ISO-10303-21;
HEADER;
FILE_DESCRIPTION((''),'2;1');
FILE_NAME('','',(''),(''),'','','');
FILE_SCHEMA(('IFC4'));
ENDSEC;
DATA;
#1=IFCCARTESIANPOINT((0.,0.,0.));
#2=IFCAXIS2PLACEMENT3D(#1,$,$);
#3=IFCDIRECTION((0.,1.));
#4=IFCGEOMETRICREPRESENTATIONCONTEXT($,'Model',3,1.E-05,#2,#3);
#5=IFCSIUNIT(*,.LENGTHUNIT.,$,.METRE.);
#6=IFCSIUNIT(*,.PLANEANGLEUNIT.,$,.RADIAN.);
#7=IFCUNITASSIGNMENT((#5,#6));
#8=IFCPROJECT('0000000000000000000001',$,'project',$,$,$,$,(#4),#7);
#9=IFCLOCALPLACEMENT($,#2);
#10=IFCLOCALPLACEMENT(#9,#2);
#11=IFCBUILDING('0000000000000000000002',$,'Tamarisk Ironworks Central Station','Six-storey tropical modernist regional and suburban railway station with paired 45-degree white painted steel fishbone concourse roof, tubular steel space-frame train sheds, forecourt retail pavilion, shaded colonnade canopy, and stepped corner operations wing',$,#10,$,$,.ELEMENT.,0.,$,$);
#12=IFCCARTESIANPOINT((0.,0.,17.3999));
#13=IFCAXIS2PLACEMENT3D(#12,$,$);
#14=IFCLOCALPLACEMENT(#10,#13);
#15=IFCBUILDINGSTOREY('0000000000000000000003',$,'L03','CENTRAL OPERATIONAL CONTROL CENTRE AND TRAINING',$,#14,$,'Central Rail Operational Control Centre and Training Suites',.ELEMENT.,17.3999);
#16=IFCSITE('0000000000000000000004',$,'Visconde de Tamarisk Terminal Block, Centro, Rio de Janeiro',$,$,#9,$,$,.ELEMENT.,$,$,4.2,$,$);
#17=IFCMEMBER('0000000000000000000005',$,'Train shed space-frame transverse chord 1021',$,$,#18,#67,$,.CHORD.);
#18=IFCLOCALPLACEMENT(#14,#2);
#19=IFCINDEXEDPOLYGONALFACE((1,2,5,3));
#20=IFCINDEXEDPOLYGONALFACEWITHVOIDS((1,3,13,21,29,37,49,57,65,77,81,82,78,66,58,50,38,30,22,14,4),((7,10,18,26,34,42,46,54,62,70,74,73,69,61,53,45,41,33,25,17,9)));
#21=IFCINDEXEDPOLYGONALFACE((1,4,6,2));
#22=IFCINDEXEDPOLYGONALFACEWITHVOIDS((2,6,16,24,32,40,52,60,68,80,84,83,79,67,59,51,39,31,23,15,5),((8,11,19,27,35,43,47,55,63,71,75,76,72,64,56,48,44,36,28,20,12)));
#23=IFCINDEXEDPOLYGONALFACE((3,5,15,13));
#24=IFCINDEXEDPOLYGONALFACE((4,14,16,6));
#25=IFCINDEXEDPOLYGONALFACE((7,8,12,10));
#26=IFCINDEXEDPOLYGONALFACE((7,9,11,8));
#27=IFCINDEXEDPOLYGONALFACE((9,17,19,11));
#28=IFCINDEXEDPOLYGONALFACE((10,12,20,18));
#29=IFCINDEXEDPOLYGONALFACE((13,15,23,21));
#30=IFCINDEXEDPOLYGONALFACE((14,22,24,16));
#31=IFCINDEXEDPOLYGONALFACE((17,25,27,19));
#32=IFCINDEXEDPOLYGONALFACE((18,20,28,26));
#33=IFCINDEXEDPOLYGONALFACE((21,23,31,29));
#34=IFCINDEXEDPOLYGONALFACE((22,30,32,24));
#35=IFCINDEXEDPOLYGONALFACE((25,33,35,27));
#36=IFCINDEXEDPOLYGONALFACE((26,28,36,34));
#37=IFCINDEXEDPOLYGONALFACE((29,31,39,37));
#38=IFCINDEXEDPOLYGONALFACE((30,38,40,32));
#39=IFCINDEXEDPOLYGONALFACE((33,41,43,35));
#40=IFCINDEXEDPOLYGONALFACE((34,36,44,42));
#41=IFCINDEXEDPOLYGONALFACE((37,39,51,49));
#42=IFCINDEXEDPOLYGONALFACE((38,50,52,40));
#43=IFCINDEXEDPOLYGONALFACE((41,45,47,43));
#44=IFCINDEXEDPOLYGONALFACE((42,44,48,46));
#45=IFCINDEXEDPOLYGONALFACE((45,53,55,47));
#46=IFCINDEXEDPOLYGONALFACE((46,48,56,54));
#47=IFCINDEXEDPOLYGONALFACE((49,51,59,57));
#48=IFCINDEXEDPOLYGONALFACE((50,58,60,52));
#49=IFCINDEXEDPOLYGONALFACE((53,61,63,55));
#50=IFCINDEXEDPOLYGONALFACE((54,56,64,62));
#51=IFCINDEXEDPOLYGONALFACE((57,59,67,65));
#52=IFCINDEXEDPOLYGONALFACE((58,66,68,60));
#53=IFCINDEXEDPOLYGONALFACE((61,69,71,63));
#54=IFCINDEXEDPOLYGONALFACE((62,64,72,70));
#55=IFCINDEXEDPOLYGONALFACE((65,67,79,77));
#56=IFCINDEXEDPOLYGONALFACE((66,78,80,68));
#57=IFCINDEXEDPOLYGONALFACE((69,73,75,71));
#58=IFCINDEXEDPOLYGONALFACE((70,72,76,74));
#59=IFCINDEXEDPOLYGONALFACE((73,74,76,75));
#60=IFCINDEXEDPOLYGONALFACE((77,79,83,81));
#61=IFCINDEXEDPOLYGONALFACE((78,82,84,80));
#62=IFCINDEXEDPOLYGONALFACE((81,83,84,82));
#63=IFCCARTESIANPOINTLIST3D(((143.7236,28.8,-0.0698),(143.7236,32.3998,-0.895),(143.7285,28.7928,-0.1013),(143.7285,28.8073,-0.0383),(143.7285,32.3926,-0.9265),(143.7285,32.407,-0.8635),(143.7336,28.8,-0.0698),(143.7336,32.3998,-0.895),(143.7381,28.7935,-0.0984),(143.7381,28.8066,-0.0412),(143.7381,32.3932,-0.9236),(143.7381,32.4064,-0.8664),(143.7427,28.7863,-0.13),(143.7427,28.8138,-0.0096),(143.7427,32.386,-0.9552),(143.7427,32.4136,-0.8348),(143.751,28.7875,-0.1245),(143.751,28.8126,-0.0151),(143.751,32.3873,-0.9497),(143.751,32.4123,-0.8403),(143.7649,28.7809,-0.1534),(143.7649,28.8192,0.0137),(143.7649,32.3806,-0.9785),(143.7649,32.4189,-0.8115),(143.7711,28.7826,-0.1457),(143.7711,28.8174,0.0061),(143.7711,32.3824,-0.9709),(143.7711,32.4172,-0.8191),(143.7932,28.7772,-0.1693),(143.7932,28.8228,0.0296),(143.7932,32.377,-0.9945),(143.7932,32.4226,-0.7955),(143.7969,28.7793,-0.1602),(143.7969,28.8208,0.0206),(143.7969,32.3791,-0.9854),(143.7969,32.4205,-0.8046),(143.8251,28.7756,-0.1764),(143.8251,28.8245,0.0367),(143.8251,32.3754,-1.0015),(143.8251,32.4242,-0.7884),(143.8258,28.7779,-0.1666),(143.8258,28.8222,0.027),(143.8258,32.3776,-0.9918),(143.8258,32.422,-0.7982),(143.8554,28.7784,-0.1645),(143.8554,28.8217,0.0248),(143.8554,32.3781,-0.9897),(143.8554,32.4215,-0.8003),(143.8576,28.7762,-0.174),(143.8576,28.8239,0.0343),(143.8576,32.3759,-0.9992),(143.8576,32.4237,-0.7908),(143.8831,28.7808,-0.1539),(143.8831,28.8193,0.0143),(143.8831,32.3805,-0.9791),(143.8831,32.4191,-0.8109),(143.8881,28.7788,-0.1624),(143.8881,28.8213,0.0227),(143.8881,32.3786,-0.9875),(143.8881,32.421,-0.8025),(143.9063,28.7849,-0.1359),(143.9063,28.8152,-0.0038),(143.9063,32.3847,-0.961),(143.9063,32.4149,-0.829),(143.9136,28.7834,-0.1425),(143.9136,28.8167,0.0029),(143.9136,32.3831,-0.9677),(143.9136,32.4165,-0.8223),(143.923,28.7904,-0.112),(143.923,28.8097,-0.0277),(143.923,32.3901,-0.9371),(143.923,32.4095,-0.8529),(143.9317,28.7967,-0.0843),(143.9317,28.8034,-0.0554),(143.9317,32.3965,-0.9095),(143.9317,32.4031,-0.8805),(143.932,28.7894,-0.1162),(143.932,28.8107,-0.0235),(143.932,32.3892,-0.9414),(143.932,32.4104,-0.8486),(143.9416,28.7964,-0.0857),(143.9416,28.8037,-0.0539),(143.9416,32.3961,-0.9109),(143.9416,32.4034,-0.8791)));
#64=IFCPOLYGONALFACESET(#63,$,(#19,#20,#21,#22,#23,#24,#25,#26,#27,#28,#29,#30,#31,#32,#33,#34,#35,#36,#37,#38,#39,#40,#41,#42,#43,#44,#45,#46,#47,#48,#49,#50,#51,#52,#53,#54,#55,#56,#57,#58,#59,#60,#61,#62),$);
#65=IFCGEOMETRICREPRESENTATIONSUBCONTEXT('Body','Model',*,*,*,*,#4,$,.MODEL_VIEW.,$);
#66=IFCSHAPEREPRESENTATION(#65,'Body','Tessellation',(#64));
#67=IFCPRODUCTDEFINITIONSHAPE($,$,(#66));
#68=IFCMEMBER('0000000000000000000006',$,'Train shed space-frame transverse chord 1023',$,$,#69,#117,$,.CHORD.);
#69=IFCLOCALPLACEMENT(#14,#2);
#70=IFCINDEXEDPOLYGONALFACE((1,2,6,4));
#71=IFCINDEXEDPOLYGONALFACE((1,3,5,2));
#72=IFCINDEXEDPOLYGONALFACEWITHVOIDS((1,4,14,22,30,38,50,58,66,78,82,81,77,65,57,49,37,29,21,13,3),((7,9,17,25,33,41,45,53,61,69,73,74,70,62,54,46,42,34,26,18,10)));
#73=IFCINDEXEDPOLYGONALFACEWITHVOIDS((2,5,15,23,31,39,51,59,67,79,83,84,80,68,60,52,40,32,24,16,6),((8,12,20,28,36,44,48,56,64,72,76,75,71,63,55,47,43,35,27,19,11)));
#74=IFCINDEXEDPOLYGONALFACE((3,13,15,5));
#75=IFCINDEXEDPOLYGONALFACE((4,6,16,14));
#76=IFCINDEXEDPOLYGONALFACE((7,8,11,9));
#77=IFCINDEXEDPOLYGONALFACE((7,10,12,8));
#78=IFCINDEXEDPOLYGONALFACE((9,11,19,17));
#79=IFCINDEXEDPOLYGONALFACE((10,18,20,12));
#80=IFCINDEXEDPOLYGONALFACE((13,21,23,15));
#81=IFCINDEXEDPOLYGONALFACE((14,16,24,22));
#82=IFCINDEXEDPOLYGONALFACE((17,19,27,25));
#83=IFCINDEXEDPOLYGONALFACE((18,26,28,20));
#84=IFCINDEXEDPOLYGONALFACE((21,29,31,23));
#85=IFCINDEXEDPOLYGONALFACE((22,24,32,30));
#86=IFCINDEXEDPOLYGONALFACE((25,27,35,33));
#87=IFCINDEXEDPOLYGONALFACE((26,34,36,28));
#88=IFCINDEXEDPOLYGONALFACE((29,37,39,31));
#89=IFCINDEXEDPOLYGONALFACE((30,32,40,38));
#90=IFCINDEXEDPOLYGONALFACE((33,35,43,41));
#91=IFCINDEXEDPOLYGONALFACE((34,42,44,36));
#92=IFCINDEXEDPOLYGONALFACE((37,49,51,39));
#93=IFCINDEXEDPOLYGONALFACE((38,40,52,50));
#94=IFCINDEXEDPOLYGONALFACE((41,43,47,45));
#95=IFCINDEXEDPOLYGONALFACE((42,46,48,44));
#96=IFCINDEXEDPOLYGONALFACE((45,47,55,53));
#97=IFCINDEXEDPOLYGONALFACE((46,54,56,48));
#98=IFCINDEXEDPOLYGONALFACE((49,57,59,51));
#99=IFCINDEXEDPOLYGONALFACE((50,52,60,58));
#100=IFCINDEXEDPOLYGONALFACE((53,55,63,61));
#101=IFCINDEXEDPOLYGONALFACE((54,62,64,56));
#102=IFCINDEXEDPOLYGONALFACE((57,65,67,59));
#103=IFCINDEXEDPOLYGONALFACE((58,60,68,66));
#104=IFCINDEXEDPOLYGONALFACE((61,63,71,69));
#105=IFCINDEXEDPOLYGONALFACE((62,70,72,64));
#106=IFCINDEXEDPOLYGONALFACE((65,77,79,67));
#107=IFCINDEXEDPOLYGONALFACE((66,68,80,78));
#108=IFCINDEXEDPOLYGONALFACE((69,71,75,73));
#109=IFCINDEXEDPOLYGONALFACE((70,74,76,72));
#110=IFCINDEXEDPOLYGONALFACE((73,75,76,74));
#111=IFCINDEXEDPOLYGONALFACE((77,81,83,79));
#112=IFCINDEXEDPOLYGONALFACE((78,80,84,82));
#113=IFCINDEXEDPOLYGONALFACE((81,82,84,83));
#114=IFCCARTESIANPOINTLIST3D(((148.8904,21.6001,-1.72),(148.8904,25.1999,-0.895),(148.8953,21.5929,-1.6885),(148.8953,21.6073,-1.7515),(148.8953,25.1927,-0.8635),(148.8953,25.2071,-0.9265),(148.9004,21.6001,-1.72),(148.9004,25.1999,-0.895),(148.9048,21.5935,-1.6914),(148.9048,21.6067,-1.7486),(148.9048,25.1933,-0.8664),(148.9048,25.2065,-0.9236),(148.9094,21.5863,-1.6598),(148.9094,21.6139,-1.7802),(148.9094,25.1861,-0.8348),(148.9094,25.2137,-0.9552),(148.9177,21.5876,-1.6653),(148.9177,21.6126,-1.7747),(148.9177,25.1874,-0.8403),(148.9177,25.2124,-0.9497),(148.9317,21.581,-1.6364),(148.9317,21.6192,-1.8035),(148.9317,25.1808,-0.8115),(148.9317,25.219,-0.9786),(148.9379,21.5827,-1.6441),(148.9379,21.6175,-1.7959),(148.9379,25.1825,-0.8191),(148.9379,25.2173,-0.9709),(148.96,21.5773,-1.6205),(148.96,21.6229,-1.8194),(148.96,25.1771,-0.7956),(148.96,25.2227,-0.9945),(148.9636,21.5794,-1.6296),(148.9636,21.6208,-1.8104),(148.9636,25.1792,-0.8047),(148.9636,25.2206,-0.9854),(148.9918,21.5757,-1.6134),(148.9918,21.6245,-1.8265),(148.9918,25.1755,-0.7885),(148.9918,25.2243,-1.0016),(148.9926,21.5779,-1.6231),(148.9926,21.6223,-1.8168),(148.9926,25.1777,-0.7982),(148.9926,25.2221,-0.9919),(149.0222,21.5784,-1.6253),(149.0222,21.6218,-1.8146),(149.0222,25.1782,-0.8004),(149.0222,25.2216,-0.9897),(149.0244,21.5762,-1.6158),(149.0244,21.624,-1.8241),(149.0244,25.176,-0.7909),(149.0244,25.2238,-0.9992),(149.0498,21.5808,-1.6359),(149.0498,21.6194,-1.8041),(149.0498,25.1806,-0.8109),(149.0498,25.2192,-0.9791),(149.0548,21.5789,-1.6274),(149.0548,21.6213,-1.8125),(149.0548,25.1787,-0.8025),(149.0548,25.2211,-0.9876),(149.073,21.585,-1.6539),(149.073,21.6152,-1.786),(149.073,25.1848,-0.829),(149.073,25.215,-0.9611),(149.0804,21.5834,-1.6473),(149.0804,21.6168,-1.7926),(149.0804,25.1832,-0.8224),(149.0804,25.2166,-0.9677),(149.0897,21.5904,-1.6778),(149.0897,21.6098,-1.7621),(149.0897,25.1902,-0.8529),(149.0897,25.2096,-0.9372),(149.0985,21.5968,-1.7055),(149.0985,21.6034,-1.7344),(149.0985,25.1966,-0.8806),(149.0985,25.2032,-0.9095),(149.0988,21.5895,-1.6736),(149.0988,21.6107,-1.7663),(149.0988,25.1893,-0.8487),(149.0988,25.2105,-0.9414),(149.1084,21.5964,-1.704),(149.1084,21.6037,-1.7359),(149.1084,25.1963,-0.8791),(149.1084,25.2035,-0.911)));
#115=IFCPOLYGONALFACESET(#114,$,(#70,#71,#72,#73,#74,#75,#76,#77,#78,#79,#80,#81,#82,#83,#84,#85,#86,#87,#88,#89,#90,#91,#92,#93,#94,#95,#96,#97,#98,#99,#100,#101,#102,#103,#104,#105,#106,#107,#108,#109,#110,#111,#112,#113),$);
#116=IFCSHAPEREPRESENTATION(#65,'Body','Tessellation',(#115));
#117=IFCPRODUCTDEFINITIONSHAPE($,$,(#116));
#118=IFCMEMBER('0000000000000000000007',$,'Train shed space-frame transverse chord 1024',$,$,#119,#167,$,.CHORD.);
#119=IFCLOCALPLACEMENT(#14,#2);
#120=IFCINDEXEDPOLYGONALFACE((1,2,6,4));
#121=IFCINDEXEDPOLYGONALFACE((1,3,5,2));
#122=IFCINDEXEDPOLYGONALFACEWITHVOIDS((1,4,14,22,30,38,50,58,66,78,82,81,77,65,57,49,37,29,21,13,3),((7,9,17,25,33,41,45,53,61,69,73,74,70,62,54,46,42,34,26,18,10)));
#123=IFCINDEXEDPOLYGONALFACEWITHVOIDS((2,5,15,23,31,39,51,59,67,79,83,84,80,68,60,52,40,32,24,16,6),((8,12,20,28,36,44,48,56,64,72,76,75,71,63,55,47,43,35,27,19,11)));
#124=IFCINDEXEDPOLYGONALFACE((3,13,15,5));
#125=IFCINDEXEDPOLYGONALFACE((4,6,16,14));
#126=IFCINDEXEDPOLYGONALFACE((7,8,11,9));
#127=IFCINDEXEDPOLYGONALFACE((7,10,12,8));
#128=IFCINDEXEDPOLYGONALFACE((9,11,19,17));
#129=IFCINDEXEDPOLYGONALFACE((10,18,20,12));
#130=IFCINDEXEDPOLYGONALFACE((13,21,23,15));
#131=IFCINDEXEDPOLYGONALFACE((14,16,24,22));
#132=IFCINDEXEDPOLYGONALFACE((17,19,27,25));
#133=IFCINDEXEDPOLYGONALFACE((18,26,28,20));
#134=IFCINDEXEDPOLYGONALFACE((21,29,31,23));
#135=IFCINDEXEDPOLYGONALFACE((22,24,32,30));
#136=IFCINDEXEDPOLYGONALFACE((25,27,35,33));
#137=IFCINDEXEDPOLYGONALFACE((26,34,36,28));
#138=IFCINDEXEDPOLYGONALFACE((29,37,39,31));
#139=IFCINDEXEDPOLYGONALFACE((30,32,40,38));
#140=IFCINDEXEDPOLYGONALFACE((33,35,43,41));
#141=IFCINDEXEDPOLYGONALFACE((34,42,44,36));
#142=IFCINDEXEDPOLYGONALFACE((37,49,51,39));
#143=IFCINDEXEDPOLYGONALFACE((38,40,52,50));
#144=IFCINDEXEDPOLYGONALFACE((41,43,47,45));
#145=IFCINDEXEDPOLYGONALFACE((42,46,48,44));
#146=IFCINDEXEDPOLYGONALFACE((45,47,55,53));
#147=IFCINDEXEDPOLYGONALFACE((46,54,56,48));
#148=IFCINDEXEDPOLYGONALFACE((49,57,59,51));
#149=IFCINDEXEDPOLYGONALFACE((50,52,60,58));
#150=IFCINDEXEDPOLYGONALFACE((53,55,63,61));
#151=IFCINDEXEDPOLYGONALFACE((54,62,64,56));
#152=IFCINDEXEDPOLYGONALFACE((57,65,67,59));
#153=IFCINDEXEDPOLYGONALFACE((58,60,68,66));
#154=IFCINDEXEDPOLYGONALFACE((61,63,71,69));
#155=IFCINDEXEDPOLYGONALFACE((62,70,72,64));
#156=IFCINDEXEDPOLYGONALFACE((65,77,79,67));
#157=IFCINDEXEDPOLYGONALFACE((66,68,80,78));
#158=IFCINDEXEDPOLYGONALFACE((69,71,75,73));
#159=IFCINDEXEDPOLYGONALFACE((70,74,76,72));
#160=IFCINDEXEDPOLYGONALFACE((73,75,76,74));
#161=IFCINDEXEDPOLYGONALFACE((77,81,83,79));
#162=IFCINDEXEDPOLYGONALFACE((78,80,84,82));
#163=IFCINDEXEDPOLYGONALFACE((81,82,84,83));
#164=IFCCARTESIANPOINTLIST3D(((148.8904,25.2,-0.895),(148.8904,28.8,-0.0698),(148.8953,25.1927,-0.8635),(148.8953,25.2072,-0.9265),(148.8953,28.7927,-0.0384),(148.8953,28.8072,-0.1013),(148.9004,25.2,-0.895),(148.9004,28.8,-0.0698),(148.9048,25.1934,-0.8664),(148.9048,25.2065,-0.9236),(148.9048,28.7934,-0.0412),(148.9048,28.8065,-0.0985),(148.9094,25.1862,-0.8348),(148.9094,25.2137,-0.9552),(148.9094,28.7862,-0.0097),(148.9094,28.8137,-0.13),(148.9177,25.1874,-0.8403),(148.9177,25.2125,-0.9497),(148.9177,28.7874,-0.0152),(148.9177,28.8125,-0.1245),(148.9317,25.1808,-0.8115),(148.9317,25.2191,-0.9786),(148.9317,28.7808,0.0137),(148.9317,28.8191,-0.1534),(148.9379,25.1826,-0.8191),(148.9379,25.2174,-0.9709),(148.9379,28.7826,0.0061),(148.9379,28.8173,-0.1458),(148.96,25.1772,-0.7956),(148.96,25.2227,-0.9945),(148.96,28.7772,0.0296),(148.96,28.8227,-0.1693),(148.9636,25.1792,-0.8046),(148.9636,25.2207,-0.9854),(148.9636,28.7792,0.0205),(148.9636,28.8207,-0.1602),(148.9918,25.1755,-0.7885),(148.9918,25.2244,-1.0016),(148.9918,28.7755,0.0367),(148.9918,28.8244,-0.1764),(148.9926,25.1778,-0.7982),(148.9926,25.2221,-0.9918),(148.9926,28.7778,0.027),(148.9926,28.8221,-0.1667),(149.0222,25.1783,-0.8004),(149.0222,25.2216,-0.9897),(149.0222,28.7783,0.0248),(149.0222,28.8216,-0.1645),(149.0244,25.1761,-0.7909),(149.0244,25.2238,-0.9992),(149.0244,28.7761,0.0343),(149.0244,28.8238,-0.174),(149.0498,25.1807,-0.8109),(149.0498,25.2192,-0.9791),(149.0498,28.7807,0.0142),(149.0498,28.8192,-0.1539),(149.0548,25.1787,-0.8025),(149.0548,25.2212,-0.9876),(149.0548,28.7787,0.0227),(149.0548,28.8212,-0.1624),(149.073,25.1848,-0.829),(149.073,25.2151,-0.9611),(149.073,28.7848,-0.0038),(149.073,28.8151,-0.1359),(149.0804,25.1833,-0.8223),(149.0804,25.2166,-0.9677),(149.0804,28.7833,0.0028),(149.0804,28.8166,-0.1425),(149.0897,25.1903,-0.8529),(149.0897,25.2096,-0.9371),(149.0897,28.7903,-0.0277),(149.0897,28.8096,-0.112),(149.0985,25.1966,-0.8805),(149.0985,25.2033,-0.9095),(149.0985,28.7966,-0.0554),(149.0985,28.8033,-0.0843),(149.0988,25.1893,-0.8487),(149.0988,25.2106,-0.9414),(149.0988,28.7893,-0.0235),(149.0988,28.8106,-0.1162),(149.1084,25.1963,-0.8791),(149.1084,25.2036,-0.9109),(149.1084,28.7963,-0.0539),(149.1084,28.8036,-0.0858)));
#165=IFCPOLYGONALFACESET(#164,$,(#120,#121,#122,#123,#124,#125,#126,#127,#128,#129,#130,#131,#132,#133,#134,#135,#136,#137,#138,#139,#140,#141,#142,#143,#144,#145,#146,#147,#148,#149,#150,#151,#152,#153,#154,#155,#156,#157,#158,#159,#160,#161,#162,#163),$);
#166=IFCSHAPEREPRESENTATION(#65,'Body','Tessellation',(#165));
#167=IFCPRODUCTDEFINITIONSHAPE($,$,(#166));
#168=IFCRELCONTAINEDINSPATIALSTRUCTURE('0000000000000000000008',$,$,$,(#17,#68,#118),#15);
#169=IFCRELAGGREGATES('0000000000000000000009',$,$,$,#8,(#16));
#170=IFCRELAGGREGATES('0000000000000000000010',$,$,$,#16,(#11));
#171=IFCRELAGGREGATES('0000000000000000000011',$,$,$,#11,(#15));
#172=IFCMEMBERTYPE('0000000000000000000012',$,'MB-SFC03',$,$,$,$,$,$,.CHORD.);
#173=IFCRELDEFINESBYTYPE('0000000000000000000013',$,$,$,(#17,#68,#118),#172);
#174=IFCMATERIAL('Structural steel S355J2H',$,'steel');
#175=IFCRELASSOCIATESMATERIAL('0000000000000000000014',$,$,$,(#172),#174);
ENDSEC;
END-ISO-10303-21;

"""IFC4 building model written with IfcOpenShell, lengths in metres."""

from ifc_helpers import new_model, si_unit, direction, frame, origin, origin_2d, place, context, subcontext, project, spatial, hollow_circle, extrude, material, material_profile, profile_set, type_object, element, save


model = new_model("IFC4")

# Units and contexts
model_context = context("Model", 3, precision=1e-05, world=origin(), true_north=direction((0.0, 1.0)))
body_context = subcontext(model_context, "Body", "Model", "MODEL_VIEW")
ifc_project = project(units=[si_unit("LENGTHUNIT", "METRE"), si_unit("PLANEANGLEUNIT", "RADIAN")], contexts=[model_context])

# Site, building, storey
site_placement = place(None, origin())
site = spatial("IfcSite", under=ifc_project, at=site_placement, Name="Visconde de Tamarisk Terminal Block, Centro, Rio de Janeiro", CompositionType="ELEMENT", RefElevation=4.2)
building_placement = place(site_placement, origin())
building = spatial("IfcBuilding", under=site, at=building_placement, Name="Tamarisk Ironworks Central Station", Description="Six-storey tropical modernist regional and suburban railway station with paired 45-degree white painted steel fishbone concourse roof, tubular steel space-frame train sheds, forecourt retail pavilion, shaded colonnade canopy, and stepped corner operations wing", CompositionType="ELEMENT", ElevationOfRefHeight=0.0)
storey_placement = place(building_placement, frame((0.0, 0.0, 17.3999)))
storey = spatial("IfcBuildingStorey", under=building, at=storey_placement, Name="L03", Description="CENTRAL OPERATIONAL CONTROL CENTRE AND TRAINING", LongName="Central Rail Operational Control Centre and Training Suites", CompositionType="ELEMENT", Elevation=17.3999)

# Members
ifc_material_1 = material(Name="Structural steel S355J2H", Category="steel")
ifc_material_profile_1 = material_profile(ifc_material_1, hollow_circle(Radius=0.1096, WallThickness=0.01, at=origin_2d()), Name="CHS 219.1x10")
ifc_profile_set_1 = profile_set([ifc_material_profile_1], Name="Structural steel S355J2H")
member_type_1 = type_object("IfcMemberType", Name="MB-SFC03", PredefinedType="CHORD", material=ifc_profile_set_1)
for number, where, z_axis, x_axis, name in (
    (1, (143.8333, 28.8, -0.0698), (0.0, 0.974719, -0.223435), (-1.0, 0.0, 0.0), "Train shed space-frame transverse chord 1021"),
    (2, (149.0, 21.6001, -1.72), (0.0, 0.974733, 0.223372), (-1.0, 0.0, 0.0), "Train shed space-frame transverse chord 1023"),
):
    element("IfcMember", number, at=place(storey_placement, frame(where, z_axis=z_axis, x_axis=x_axis)), inside=storey, type_object=member_type_1, Name=name, PredefinedType="CHORD", context=body_context, shape_type="SweptSolid", body=[
        extrude(hollow_circle(Radius=0.1096, WallThickness=0.01, at=origin_2d()), origin(), (0.0, 0.0, 1.0), 3.6931),
    ])
member_1_placement = place(storey_placement, frame((149.0, 25.2, -0.895), z_axis=(0.0, 0.974722, 0.223421), x_axis=(-1.0, 0.0, 0.0)))
element("IfcMember", 3, at=member_1_placement, inside=storey, type_object=member_type_1, Name="Train shed space-frame transverse chord 1024", PredefinedType="CHORD", context=body_context, shape_type="SweptSolid", body=[
    extrude(hollow_circle(Radius=0.1096, WallThickness=0.01, at=origin_2d()), origin(), (0.0, 0.0, 1.0), 3.6934),
])

save(model, "model.ifc")
